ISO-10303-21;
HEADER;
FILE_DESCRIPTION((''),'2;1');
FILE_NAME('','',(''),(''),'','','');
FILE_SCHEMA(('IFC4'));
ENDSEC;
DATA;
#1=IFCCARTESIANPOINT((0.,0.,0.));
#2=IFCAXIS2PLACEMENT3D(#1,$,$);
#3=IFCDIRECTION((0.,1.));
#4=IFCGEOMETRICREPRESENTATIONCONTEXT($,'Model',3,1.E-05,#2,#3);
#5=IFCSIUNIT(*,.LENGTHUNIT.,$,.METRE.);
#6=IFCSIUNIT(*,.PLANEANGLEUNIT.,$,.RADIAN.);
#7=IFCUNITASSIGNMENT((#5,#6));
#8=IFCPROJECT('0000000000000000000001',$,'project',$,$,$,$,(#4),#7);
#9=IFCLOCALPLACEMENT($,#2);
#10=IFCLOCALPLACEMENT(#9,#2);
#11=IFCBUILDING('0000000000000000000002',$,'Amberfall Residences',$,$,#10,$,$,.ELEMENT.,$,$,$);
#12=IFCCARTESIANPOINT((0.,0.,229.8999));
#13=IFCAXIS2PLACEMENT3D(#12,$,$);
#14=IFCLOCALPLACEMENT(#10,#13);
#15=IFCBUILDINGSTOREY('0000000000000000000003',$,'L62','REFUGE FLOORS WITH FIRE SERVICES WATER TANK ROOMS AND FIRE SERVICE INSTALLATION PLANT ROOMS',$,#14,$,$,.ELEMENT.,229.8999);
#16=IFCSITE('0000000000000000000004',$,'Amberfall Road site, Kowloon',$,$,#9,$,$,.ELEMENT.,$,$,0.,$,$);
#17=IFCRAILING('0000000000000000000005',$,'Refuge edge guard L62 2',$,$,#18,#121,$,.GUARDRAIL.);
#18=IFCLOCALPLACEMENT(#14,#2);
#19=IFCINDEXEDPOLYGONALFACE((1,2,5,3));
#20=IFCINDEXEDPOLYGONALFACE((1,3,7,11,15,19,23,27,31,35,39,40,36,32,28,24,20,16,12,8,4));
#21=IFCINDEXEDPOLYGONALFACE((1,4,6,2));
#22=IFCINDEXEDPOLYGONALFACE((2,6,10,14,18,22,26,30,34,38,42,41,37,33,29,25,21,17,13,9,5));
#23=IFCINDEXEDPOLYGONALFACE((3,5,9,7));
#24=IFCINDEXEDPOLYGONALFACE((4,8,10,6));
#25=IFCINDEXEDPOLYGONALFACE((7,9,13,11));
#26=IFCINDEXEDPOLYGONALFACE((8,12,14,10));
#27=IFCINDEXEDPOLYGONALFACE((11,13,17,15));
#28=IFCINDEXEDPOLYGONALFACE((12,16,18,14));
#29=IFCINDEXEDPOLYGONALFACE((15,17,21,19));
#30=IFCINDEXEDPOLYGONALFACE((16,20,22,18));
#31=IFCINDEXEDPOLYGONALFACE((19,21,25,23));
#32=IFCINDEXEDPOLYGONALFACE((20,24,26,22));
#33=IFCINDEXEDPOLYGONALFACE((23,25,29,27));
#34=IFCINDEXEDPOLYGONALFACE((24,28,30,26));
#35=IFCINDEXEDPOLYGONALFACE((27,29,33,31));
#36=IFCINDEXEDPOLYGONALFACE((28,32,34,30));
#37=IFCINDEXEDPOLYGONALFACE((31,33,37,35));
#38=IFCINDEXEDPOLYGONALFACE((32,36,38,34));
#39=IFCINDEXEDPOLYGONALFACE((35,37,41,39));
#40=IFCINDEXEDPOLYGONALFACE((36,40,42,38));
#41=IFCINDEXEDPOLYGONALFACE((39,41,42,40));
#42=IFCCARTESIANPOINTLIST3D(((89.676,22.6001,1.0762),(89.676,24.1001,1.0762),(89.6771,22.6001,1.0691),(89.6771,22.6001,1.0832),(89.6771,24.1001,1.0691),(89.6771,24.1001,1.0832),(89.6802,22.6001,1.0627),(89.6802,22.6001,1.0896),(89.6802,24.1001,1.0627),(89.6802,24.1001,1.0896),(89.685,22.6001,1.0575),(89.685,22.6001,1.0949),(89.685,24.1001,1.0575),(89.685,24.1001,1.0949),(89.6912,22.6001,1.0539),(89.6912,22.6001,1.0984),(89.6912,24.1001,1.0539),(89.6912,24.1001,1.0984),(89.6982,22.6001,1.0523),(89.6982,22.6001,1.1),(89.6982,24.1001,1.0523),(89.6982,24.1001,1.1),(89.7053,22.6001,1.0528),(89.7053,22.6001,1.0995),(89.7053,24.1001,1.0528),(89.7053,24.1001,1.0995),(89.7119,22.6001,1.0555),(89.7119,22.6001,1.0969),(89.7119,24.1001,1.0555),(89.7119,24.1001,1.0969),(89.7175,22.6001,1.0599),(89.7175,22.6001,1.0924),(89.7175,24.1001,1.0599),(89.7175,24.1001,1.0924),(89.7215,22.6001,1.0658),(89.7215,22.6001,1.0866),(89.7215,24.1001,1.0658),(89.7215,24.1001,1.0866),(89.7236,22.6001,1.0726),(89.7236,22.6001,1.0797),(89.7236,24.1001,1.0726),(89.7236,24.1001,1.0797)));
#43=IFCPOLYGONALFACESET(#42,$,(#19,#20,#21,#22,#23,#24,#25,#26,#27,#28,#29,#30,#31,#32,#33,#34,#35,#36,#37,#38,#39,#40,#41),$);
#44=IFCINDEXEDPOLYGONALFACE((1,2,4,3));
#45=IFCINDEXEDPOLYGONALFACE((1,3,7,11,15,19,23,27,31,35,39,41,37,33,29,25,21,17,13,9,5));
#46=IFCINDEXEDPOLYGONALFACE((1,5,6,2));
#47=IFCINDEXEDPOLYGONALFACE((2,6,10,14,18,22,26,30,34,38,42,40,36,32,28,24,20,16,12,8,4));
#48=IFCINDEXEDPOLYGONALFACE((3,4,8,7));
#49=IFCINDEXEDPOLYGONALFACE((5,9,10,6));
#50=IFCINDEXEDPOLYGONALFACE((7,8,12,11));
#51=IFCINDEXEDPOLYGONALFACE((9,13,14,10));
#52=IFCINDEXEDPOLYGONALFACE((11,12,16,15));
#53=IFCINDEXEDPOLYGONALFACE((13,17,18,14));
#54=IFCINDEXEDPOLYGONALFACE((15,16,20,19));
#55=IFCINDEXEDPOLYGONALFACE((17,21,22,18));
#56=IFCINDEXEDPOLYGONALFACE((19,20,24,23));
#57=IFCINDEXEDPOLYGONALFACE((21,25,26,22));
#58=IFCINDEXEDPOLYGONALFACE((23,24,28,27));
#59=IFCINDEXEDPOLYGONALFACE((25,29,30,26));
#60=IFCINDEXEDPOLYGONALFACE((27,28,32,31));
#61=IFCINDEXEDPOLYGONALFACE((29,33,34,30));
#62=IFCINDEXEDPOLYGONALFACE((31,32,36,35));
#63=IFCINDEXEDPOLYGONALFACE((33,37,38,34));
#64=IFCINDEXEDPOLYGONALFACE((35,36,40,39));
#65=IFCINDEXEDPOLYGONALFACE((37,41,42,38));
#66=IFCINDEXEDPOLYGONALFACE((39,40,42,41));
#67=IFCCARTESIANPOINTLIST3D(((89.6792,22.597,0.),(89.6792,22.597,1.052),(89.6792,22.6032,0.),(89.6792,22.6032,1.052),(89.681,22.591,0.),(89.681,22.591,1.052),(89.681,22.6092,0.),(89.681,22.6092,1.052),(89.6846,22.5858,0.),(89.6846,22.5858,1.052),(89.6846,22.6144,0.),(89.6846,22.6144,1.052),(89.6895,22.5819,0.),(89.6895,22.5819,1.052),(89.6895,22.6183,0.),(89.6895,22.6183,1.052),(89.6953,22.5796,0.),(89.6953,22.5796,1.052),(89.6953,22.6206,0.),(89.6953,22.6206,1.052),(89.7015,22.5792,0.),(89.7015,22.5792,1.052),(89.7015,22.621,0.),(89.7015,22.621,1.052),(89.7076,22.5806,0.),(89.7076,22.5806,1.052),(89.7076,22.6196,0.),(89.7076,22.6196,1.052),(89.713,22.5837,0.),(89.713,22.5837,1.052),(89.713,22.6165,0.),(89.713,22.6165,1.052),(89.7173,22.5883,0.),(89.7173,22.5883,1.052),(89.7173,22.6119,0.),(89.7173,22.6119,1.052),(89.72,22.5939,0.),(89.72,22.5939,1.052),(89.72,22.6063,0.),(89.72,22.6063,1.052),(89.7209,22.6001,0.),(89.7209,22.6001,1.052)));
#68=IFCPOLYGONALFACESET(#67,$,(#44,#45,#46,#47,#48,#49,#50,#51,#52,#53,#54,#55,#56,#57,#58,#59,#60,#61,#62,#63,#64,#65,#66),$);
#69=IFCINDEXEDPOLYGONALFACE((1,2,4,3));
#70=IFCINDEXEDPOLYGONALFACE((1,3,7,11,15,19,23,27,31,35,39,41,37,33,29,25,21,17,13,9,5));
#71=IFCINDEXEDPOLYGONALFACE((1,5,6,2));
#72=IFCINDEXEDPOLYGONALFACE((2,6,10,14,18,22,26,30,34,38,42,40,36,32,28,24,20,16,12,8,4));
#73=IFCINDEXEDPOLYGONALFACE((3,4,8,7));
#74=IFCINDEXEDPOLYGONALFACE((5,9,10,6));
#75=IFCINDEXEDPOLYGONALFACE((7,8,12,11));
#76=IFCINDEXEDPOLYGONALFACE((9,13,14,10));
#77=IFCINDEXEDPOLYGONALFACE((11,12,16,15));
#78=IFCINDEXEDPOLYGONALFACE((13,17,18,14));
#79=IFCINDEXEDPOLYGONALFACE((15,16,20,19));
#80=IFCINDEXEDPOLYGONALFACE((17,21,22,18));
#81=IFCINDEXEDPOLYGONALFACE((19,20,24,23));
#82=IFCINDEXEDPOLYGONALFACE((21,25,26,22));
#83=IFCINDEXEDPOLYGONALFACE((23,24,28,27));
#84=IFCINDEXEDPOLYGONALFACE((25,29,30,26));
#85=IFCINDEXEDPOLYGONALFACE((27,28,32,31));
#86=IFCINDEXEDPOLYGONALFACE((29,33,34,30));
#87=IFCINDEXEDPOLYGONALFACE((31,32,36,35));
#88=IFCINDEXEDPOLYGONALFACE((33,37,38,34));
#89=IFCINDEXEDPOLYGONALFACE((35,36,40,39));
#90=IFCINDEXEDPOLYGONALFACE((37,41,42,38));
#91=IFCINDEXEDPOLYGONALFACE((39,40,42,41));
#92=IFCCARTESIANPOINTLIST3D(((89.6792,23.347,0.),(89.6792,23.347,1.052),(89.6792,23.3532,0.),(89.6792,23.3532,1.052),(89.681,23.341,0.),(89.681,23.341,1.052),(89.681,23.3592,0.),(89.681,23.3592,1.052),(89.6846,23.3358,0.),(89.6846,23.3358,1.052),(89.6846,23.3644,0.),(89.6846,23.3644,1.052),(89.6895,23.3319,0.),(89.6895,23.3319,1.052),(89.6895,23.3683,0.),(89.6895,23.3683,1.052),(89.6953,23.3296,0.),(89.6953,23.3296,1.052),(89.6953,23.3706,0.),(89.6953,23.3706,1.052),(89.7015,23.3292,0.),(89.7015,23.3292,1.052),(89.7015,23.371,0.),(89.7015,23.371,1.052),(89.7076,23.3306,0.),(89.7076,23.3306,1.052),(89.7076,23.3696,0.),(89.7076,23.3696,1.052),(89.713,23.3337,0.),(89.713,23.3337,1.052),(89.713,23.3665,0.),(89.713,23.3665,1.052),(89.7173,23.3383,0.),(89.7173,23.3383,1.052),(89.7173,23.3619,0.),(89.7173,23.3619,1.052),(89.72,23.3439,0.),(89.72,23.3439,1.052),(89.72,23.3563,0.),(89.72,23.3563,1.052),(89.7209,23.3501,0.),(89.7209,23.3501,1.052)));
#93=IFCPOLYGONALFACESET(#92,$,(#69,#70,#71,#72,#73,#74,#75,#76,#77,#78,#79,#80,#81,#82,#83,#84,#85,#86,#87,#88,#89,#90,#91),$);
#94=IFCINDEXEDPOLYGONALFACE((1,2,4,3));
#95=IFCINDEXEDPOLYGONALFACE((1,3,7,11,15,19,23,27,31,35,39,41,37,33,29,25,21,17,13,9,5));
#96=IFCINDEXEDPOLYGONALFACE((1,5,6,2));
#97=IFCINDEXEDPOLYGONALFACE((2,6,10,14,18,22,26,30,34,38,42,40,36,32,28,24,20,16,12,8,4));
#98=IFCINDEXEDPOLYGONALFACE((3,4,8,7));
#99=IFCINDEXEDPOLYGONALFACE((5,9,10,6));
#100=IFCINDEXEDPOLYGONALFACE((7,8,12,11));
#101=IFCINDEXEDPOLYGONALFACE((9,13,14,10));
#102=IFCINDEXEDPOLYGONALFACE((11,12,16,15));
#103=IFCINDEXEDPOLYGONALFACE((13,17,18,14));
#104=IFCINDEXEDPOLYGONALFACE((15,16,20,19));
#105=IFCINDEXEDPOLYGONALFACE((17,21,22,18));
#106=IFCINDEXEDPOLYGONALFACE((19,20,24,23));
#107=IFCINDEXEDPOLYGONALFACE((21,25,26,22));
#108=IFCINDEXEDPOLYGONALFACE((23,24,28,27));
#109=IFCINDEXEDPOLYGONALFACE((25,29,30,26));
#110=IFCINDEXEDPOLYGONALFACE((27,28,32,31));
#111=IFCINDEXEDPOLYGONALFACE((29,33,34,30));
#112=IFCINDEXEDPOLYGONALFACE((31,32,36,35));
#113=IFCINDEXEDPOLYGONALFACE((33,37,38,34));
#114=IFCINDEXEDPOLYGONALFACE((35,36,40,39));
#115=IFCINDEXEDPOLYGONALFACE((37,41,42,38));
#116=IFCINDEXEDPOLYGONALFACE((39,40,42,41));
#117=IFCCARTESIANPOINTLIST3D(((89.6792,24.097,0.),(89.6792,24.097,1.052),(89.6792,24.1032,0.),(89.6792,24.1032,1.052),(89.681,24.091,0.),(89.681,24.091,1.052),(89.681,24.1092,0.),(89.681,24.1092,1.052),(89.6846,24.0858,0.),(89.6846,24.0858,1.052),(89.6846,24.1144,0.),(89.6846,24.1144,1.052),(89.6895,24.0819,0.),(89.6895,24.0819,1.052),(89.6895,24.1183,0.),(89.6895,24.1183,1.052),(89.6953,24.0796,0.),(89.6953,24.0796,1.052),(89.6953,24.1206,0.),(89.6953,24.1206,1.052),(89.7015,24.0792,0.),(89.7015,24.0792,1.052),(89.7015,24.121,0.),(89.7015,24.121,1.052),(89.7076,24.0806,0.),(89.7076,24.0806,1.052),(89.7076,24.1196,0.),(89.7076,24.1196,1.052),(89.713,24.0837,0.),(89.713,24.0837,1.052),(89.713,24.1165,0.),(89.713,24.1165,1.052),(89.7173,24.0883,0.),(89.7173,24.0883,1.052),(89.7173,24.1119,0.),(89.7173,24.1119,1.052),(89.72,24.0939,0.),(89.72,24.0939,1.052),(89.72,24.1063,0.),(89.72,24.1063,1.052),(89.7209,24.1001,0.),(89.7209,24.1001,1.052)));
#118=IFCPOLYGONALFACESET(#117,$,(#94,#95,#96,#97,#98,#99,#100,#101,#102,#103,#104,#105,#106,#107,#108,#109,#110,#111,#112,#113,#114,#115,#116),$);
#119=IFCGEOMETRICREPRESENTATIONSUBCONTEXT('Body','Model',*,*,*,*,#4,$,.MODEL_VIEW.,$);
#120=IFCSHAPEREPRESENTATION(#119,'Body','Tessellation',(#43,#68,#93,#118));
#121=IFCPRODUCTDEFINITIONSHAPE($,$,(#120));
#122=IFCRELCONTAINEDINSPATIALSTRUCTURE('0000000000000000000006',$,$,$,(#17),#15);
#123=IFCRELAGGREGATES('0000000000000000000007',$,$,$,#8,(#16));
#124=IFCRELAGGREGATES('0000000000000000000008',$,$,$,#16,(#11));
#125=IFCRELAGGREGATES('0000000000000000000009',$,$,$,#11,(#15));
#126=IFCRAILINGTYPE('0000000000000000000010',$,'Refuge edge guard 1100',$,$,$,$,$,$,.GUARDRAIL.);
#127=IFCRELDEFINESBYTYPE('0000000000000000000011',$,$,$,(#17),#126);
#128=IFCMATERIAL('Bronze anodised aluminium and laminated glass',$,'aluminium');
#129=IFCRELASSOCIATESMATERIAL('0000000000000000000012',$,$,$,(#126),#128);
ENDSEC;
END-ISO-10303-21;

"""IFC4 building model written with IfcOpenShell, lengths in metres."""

from ifc_helpers import new_model, si_unit, direction, frame, origin, origin_2d, place, context, subcontext, project, spatial, circle, extrude, material, type_object, element, save


model = new_model("IFC4")

# Units and contexts
model_context = context("Model", 3, precision=1e-05, world=origin(), true_north=direction((0.0, 1.0)))
body_context = subcontext(model_context, "Body", "Model", "MODEL_VIEW")
ifc_project = project(units=[si_unit("LENGTHUNIT", "METRE"), si_unit("PLANEANGLEUNIT", "RADIAN")], contexts=[model_context])

# Site, building, storey
site_placement = place(None, origin())
site = spatial("IfcSite", under=ifc_project, at=site_placement, Name="Amberfall Road site, Kowloon", CompositionType="ELEMENT", RefElevation=0.0)
building_placement = place(site_placement, origin())
building = spatial("IfcBuilding", under=site, at=building_placement, Name="Amberfall Residences", CompositionType="ELEMENT")
storey_placement = place(building_placement, frame((0.0, 0.0, 229.8999)))
storey = spatial("IfcBuildingStorey", under=building, at=storey_placement, Name="L62", Description="REFUGE FLOORS WITH FIRE SERVICES WATER TANK ROOMS AND FIRE SERVICE INSTALLATION PLANT ROOMS", CompositionType="ELEMENT", Elevation=229.8999)

# Railing
ifc_material_1 = material(Name="Bronze anodised aluminium and laminated glass", Category="aluminium")
railing_type = type_object("IfcRailingType", Name="Refuge edge guard 1100", PredefinedType="GUARDRAIL", material=ifc_material_1)
railing_1_placement = place(storey_placement, frame((89.7, 22.6001, 0.0)))
element("IfcRailing", 1, at=railing_1_placement, inside=storey, type_object=railing_type, Name="Refuge edge guard L62 2", PredefinedType="GUARDRAIL", context=body_context, shape_type="SweptSolid", body=[
    extrude(circle(Radius=0.0239, at=origin_2d()), frame((0.0, 0.0, 1.0762), z_axis=(0.0, 1.0, 0.0), x_axis=(-1.0, 0.0, 0.0)), (0.0, 0.0, 1.0), 1.5),
    extrude(circle(Radius=0.021, at=origin_2d()), origin(), (0.0, 0.0, 1.0), 1.052),
    extrude(circle(Radius=0.021, at=origin_2d()), frame((0.0, 0.75, 0.0)), (0.0, 0.0, 1.0), 1.052),
    extrude(circle(Radius=0.021, at=origin_2d()), frame((0.0, 1.5, 0.0)), (0.0, 0.0, 1.0), 1.052),
])

save(model, "model.ifc")
